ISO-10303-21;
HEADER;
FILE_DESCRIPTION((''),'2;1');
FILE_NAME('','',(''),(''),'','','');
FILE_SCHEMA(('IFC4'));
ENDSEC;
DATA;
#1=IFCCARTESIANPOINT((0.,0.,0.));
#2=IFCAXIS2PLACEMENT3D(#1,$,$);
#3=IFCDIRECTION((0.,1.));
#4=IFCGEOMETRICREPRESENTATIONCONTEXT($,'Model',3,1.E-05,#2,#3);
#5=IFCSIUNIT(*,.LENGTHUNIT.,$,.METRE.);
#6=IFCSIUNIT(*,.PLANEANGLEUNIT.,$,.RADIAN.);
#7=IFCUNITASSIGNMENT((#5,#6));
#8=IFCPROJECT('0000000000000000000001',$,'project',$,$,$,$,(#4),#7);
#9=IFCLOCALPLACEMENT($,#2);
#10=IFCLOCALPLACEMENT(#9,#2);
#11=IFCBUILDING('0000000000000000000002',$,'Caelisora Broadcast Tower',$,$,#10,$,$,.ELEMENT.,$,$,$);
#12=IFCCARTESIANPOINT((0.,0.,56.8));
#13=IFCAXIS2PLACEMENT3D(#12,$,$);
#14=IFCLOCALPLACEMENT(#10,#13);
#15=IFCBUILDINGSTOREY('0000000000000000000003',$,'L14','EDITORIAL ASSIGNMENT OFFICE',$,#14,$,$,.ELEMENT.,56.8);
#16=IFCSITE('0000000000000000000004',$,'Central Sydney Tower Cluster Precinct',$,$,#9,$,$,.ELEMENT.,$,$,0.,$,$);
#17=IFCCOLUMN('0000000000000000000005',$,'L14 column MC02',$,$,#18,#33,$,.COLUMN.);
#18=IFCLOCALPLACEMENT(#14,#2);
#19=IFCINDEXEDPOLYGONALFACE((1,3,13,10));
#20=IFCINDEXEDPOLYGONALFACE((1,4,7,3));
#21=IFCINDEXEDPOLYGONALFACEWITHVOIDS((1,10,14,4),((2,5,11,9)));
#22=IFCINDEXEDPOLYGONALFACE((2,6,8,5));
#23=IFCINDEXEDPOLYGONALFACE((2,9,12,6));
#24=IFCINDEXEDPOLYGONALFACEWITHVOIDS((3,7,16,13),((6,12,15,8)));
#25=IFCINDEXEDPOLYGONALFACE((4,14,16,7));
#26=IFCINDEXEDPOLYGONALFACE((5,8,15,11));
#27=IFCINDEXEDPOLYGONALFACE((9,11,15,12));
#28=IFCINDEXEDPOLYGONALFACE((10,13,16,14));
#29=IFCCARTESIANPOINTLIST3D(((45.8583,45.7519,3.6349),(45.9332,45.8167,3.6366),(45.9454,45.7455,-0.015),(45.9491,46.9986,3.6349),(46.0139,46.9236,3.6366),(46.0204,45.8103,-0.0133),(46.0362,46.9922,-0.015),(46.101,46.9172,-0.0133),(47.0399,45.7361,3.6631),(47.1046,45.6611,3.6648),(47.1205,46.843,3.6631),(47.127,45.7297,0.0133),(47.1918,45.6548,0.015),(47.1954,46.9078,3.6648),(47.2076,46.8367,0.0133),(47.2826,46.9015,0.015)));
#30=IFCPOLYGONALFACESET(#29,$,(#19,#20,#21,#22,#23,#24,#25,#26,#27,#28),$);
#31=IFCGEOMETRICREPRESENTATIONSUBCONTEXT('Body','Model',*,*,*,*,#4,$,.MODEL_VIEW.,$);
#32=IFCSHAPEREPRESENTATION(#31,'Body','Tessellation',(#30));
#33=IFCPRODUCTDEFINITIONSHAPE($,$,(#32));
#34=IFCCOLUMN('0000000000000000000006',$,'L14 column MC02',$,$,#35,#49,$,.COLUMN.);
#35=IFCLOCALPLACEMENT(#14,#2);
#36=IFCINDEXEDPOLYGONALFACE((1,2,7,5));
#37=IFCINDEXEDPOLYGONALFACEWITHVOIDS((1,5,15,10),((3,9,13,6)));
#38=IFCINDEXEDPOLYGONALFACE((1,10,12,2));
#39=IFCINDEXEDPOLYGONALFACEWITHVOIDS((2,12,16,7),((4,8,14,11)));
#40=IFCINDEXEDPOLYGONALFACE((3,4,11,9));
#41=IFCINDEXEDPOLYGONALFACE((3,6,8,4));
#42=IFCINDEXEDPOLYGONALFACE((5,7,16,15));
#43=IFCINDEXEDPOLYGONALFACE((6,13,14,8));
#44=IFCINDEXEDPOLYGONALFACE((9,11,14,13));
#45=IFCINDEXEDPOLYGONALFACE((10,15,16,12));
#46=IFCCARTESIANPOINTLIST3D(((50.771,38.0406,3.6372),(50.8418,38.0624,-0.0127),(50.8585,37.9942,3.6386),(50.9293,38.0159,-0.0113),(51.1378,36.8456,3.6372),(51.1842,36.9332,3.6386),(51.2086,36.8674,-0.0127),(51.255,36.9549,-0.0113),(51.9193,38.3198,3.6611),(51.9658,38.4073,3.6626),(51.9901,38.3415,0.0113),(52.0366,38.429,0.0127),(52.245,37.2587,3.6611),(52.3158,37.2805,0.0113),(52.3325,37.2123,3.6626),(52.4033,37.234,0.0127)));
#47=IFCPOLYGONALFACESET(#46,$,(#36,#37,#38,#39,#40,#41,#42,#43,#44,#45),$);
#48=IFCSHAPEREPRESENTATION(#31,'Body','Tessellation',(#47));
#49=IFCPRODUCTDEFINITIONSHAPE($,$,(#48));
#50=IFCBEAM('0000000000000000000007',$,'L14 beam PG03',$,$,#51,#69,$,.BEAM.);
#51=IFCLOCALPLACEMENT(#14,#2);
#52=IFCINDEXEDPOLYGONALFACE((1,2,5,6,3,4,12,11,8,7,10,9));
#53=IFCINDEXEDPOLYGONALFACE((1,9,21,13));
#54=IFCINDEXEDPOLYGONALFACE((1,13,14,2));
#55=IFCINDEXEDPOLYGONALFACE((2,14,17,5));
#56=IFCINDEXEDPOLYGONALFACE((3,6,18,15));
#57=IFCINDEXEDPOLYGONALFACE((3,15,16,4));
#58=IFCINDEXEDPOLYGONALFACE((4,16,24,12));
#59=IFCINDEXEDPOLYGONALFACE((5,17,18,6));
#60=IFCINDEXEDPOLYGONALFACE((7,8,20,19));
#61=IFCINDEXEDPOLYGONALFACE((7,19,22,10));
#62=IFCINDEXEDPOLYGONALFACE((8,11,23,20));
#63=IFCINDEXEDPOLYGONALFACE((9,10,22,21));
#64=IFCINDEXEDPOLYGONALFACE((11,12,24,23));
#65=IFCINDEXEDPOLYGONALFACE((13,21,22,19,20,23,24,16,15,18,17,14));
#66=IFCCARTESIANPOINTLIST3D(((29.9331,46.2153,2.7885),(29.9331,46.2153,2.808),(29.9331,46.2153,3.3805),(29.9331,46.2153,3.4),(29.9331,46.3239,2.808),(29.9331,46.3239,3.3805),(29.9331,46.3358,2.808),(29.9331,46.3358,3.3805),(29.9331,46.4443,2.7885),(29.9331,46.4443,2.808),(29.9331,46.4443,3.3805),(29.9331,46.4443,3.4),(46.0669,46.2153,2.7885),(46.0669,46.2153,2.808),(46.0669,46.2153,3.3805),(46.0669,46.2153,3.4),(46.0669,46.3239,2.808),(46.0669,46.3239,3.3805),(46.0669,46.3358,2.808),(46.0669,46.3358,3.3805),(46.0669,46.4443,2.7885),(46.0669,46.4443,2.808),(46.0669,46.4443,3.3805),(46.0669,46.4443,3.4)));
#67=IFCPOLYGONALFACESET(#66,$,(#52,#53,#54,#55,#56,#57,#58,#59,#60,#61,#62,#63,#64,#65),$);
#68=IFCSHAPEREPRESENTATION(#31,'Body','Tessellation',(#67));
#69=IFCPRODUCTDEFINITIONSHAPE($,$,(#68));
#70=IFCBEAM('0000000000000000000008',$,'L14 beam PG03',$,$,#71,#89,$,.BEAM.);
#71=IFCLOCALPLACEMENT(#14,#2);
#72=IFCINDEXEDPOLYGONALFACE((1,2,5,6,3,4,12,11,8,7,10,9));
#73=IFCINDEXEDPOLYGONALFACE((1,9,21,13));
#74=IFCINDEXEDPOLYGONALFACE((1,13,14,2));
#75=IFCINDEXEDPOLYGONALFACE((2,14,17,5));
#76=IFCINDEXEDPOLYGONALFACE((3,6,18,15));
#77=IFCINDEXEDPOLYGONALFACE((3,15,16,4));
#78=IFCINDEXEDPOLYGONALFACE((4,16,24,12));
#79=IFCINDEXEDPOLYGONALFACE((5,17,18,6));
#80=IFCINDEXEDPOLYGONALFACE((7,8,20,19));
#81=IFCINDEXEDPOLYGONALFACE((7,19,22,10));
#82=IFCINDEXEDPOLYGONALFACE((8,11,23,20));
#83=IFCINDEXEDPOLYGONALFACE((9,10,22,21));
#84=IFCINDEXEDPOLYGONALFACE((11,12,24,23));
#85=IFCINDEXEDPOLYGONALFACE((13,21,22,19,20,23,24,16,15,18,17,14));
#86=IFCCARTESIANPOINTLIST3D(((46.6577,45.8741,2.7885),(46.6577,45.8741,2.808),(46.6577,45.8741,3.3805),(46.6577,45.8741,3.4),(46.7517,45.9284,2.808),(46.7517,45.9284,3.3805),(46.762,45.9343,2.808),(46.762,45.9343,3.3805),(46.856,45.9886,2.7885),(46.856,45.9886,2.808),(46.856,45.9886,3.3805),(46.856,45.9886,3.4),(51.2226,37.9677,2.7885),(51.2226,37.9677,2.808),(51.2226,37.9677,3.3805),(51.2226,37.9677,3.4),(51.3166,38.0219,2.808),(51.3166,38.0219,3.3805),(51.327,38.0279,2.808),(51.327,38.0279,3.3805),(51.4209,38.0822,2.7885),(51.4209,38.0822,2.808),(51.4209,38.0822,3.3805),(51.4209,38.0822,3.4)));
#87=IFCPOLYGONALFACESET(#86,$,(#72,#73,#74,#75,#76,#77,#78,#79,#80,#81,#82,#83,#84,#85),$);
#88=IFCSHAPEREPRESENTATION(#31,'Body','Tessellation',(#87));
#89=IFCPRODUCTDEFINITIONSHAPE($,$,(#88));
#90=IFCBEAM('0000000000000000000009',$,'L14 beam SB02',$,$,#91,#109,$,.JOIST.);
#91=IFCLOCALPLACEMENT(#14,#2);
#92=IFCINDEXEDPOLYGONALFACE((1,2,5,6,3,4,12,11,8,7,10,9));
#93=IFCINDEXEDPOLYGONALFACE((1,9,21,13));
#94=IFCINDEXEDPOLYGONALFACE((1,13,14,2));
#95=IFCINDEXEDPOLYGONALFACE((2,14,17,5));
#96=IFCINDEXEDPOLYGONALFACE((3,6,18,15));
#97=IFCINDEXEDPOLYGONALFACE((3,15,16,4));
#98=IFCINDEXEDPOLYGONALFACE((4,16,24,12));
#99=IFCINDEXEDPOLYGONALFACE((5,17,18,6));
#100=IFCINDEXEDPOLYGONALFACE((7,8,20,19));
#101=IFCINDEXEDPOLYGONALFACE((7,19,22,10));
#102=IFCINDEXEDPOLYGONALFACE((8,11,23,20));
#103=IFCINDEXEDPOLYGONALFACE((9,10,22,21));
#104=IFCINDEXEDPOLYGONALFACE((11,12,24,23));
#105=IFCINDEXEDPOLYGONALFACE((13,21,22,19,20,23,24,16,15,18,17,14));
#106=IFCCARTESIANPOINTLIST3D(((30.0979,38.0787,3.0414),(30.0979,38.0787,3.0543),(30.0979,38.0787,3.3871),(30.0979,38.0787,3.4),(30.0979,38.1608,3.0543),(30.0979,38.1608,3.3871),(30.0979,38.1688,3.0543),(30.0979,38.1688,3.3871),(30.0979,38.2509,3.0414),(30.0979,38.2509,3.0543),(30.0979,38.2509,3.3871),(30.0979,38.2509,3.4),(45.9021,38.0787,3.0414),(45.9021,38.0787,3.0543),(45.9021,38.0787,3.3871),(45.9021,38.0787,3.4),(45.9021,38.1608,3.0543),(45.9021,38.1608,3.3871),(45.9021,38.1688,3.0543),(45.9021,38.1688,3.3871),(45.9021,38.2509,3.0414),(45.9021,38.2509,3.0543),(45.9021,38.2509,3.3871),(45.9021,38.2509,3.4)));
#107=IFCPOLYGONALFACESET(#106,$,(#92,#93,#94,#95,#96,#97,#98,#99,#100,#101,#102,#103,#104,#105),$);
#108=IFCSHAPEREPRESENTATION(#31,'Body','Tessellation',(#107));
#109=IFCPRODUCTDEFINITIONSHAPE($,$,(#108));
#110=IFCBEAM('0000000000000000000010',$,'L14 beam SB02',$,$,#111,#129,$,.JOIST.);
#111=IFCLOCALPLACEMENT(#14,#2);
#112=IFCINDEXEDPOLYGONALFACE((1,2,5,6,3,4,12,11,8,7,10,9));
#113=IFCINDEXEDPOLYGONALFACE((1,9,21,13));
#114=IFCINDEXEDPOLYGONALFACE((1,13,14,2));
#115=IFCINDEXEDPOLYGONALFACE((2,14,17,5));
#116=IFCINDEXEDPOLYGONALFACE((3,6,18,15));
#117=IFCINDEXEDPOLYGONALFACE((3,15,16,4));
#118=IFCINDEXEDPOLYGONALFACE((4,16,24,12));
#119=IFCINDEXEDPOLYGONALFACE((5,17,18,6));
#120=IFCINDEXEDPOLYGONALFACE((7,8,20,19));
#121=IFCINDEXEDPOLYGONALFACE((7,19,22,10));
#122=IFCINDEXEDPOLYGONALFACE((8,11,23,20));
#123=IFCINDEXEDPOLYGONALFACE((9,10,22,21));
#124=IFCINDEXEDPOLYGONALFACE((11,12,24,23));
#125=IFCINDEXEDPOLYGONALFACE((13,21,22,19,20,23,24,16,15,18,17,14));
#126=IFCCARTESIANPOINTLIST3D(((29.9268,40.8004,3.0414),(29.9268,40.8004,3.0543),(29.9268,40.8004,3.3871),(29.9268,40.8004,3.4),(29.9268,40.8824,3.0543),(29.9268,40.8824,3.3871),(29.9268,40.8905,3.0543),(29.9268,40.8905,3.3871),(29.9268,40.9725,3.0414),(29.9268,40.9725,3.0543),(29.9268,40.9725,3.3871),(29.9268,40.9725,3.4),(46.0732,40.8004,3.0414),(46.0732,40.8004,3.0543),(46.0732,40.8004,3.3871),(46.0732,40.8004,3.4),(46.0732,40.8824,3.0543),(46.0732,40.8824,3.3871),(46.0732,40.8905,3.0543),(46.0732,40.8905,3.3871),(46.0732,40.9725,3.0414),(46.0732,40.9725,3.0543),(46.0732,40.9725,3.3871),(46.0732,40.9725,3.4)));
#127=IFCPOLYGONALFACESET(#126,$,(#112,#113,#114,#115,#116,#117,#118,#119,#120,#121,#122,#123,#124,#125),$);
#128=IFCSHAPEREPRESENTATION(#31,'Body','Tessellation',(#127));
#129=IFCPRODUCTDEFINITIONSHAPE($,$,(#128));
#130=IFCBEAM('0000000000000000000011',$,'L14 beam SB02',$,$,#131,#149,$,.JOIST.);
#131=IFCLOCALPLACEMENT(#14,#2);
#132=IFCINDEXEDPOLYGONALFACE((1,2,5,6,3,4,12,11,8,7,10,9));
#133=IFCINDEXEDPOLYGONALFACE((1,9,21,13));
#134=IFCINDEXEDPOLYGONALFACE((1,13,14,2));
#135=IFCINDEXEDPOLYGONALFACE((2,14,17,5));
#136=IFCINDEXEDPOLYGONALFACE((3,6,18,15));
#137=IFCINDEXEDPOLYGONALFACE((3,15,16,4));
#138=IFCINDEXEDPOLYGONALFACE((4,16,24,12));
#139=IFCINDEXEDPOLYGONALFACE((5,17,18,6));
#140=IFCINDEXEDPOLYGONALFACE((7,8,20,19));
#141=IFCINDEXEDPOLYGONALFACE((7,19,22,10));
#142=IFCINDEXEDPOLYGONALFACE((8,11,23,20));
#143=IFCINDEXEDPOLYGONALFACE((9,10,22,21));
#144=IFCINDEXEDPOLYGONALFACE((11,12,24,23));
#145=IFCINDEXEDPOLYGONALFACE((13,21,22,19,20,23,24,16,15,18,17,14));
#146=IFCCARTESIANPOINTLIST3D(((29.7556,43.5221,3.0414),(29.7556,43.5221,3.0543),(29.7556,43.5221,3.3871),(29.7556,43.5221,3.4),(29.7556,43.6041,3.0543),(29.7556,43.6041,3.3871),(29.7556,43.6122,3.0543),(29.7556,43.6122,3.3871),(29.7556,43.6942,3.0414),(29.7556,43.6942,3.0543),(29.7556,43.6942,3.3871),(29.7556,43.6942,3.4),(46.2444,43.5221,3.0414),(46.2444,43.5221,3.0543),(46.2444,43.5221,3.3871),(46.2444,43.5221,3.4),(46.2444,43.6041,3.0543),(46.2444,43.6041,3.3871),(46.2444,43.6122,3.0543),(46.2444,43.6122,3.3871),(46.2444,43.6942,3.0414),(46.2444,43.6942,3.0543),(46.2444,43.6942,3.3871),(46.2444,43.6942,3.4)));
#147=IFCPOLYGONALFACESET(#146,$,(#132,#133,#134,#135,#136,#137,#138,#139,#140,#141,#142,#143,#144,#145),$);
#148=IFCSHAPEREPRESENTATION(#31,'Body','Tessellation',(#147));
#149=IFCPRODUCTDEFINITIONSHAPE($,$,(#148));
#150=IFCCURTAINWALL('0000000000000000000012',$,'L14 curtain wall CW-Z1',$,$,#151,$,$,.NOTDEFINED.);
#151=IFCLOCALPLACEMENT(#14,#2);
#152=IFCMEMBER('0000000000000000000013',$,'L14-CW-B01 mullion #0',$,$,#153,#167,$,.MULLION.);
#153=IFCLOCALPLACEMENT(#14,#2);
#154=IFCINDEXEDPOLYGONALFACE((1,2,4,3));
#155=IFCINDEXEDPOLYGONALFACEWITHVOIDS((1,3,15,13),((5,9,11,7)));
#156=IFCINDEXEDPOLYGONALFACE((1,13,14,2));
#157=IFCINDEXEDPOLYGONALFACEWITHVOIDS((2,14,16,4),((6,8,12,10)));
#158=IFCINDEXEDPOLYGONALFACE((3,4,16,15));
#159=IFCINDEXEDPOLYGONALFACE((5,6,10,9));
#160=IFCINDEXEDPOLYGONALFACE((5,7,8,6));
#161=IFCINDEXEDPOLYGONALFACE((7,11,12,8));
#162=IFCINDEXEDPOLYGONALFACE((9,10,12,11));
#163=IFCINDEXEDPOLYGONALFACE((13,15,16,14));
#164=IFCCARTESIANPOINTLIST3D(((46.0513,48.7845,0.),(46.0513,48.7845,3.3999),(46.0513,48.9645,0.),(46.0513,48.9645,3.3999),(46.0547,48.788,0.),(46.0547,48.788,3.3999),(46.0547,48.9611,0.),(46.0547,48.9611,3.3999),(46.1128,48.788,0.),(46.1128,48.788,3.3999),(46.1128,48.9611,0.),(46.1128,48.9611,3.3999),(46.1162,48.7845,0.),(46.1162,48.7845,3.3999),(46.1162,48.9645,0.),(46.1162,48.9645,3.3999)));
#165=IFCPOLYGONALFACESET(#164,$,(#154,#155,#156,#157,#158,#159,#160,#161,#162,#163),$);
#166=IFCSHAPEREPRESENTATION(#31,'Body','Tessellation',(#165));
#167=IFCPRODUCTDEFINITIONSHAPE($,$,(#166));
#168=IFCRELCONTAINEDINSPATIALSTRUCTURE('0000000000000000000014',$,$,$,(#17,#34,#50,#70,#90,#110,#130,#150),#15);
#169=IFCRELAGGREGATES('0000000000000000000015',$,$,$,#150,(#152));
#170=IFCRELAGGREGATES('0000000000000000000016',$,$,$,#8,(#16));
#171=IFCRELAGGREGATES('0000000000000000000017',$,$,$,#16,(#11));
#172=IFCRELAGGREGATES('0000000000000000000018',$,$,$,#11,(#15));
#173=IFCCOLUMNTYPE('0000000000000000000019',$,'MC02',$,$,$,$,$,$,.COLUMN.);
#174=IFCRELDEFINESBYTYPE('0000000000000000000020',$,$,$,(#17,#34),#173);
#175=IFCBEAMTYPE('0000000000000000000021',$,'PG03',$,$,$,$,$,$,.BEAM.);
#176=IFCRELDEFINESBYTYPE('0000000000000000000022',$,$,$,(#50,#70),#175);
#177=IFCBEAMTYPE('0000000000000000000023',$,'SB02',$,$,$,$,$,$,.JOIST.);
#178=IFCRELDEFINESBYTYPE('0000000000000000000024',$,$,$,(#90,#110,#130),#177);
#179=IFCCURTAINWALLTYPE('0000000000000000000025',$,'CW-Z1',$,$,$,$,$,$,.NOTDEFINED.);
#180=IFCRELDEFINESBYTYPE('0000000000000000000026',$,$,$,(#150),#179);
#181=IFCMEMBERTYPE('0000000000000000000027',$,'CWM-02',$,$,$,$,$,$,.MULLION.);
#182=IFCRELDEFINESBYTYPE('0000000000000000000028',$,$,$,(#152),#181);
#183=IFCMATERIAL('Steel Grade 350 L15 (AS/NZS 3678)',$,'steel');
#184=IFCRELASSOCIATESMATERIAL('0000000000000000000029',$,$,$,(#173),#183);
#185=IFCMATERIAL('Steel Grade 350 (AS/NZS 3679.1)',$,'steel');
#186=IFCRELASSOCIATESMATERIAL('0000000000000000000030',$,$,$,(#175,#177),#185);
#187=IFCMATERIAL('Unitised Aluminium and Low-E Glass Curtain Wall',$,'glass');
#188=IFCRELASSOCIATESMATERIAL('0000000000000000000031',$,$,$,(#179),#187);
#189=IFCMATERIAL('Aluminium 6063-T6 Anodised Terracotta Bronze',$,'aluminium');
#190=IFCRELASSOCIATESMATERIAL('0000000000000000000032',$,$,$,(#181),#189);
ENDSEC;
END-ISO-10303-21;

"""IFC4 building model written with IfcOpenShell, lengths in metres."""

from ifc_helpers import new_model, si_unit, direction, frame, origin, origin_2d, place, context, subcontext, project, spatial, hollow_rectangle, i_section, extrude, source, transform, mapped, material, material_profile, profile_set, type_object, type_shapes, element, aggregate, save


model = new_model("IFC4")

# Units and contexts
model_context = context("Model", 3, precision=1e-05, world=origin(), true_north=direction((0.0, 1.0)))
body_context = subcontext(model_context, "Body", "Model", "MODEL_VIEW")
ifc_project = project(units=[si_unit("LENGTHUNIT", "METRE"), si_unit("PLANEANGLEUNIT", "RADIAN")], contexts=[model_context])

# Site, building, storey
site_placement = place(None, origin())
site = spatial("IfcSite", under=ifc_project, at=site_placement, Name="Central Sydney Tower Cluster Precinct", CompositionType="ELEMENT", RefElevation=0.0)
building_placement = place(site_placement, origin())
building = spatial("IfcBuilding", under=site, at=building_placement, Name="Caelisora Broadcast Tower", CompositionType="ELEMENT")
storey_placement = place(building_placement, frame((0.0, 0.0, 56.8)))
storey = spatial("IfcBuildingStorey", under=building, at=storey_placement, Name="L14", Description="EDITORIAL ASSIGNMENT OFFICE", CompositionType="ELEMENT", Elevation=56.8)

# Columns
ifc_material_1 = material(Name="Steel Grade 350 L15 (AS/NZS 3678)", Category="steel")
ifc_material_profile_1 = material_profile(ifc_material_1, hollow_rectangle(XDim=1.25, YDim=1.25, WallThickness=0.0701, at=origin_2d()), Name="Steel Grade 350 L15 (AS/NZS 3678)")
ifc_profile_set_1 = profile_set([ifc_material_profile_1], Name="Steel Grade 350 L15 (AS/NZS 3678)")
column_type = type_object("IfcColumnType", Name="MC02", PredefinedType="COLUMN", material=ifc_profile_set_1)
shared_shape_1 = source(origin(), body_context, "Body", "SweptSolid", [
    extrude(hollow_rectangle(XDim=1.25, YDim=1.25, WallThickness=0.0701, at=origin_2d()), origin(), (0.0, 0.0, 1.0), 3.6509),
])
column_1_placement = place(storey_placement, frame((46.614, 46.3235, 0.0), z_axis=(-0.023873, 0.001739, 0.999713), x_axis=(-0.072637, -0.997358, 0.0)))
element("IfcColumn", 1, at=column_1_placement, inside=storey, type_object=column_type, Name="L14 column MC02", PredefinedType="COLUMN", context=body_context, shape_type="MappedRepresentation", body=[
    mapped(shared_shape_1, transform((0.0, 0.0, 0.0), scale=1.0)),
])
shared_shape_2 = source(origin(), body_context, "Body", "SweptSolid", [
    extrude(hollow_rectangle(XDim=1.25, YDim=1.25, WallThickness=0.0701, at=origin_2d()), origin(), (0.0, 0.0, 1.0), 3.6506),
])
type_shapes(column_type, [shared_shape_1, shared_shape_2])
column_2_placement = place(storey_placement, frame((51.6226, 37.6482, 0.0), z_axis=(-0.019394, -0.005952, 0.999794), x_axis=(0.293391, -0.955993, 0.0)))
element("IfcColumn", 2, at=column_2_placement, inside=storey, type_object=column_type, Name="L14 column MC02", PredefinedType="COLUMN", context=body_context, shape_type="MappedRepresentation", body=[
    mapped(shared_shape_2, transform((0.0, 0.0, 0.0), scale=1.0)),
])

# Beams
ifc_material_2 = material(Name="Steel Grade 350 (AS/NZS 3679.1)", Category="steel")
ifc_material_profile_2 = material_profile(ifc_material_2, i_section(OverallWidth=0.229, OverallDepth=0.6116, WebThickness=0.012, FlangeThickness=0.0195, at=origin_2d()), Name="Steel Grade 350 (AS/NZS 3679.1)")
ifc_profile_set_2 = profile_set([ifc_material_profile_2], Name="Steel Grade 350 (AS/NZS 3679.1)")
beam_type_1 = type_object("IfcBeamType", Name="PG03", PredefinedType="BEAM", material=ifc_profile_set_2)
shared_shape_3 = source(origin(), body_context, "Body", "SweptSolid", [
    extrude(i_section(OverallWidth=0.229, OverallDepth=0.6116, WebThickness=0.012, FlangeThickness=0.0195, at=origin_2d()), origin(), (0.0, 0.0, 1.0), 16.1338),
])
beam_1_placement = place(storey_placement, frame((46.0669, 46.3298, 3.0942), z_axis=(-1.0, 0.0, 0.0), x_axis=(0.0, -1.0, 0.0)))
element("IfcBeam", 3, at=beam_1_placement, inside=storey, type_object=beam_type_1, Name="L14 beam PG03", PredefinedType="BEAM", context=body_context, shape_type="MappedRepresentation", body=[
    mapped(shared_shape_3, transform((0.0, 0.0, 0.0), scale=1.0)),
])
shared_shape_4 = source(origin(), body_context, "Body", "SweptSolid", [
    extrude(i_section(OverallWidth=0.229, OverallDepth=0.6116, WebThickness=0.012, FlangeThickness=0.0195, at=origin_2d()), origin(), (0.0, 0.0, 1.0), 9.1296),
])
type_shapes(beam_type_1, [shared_shape_3, shared_shape_4])
beam_2_placement = place(storey_placement, frame((51.3218, 38.0249, 3.0942), z_axis=(-0.50001, 0.866019, 0.0), x_axis=(-0.866019, -0.50001, 0.0)))
element("IfcBeam", 4, at=beam_2_placement, inside=storey, type_object=beam_type_1, Name="L14 beam PG03", PredefinedType="BEAM", context=body_context, shape_type="MappedRepresentation", body=[
    mapped(shared_shape_4, transform((0.0, 0.0, 0.0), scale=1.0)),
])
ifc_material_profile_3 = material_profile(ifc_material_2, i_section(OverallWidth=0.1721, OverallDepth=0.3586, WebThickness=0.0081, FlangeThickness=0.0129, at=origin_2d()), Name="Steel Grade 350 (AS/NZS 3679.1)")
ifc_profile_set_3 = profile_set([ifc_material_profile_3], Name="Steel Grade 350 (AS/NZS 3679.1)")
beam_type_2 = type_object("IfcBeamType", Name="SB02", PredefinedType="JOIST", material=ifc_profile_set_3)
shared_shape_5 = source(origin(), body_context, "Body", "SweptSolid", [
    extrude(i_section(OverallWidth=0.1721, OverallDepth=0.3586, WebThickness=0.0081, FlangeThickness=0.0129, at=origin_2d()), origin(), (0.0, 0.0, 1.0), 15.8042),
])
beam_3_placement = place(storey_placement, frame((45.9021, 38.1648, 3.2207), z_axis=(-1.0, 0.0, 0.0), x_axis=(0.0, -1.0, 0.0)))
element("IfcBeam", 5, at=beam_3_placement, inside=storey, type_object=beam_type_2, Name="L14 beam SB02", PredefinedType="JOIST", context=body_context, shape_type="MappedRepresentation", body=[
    mapped(shared_shape_5, transform((0.0, 0.0, 0.0), scale=1.0)),
])
shared_shape_6 = source(origin(), body_context, "Body", "SweptSolid", [
    extrude(i_section(OverallWidth=0.1721, OverallDepth=0.3586, WebThickness=0.0081, FlangeThickness=0.0129, at=origin_2d()), origin(), (0.0, 0.0, 1.0), 16.1465),
])
beam_4_placement = place(storey_placement, frame((46.0732, 40.8865, 3.2207), z_axis=(-1.0, 0.0, 0.0), x_axis=(0.0, -1.0, 0.0)))
element("IfcBeam", 6, at=beam_4_placement, inside=storey, type_object=beam_type_2, Name="L14 beam SB02", PredefinedType="JOIST", context=body_context, shape_type="MappedRepresentation", body=[
    mapped(shared_shape_6, transform((0.0, 0.0, 0.0), scale=1.0)),
])
shared_shape_7 = source(origin(), body_context, "Body", "SweptSolid", [
    extrude(i_section(OverallWidth=0.1721, OverallDepth=0.3586, WebThickness=0.0081, FlangeThickness=0.0129, at=origin_2d()), origin(), (0.0, 0.0, 1.0), 16.4888),
])
type_shapes(beam_type_2, [shared_shape_5, shared_shape_6, shared_shape_7])
beam_5_placement = place(storey_placement, frame((46.2444, 43.6082, 3.2207), z_axis=(-1.0, 0.0, 0.0), x_axis=(0.0, -1.0, 0.0)))
element("IfcBeam", 7, at=beam_5_placement, inside=storey, type_object=beam_type_2, Name="L14 beam SB02", PredefinedType="JOIST", context=body_context, shape_type="MappedRepresentation", body=[
    mapped(shared_shape_7, transform((0.0, 0.0, 0.0), scale=1.0)),
])

# Curtain wall, member
ifc_material_3 = material(Name="Unitised Aluminium and Low-E Glass Curtain Wall", Category="glass")
curtain_wall_type_1 = type_object("IfcCurtainWallType", Name="CW-Z1", PredefinedType="NOTDEFINED", material=ifc_material_3)
curtain_wall_1_placement = place(storey_placement, origin())
curtain_wall_1 = element("IfcCurtainWall", 8, at=curtain_wall_1_placement, inside=storey, type_object=curtain_wall_type_1, Name="L14 curtain wall CW-Z1", PredefinedType="NOTDEFINED")
ifc_material_4 = material(Name="Aluminium 6063-T6 Anodised Terracotta Bronze", Category="aluminium")
ifc_material_profile_4 = material_profile(ifc_material_4, hollow_rectangle(XDim=0.0649, YDim=0.1799, WallThickness=0.0034, at=origin_2d()), Name="Aluminium 6063-T6 Anodised Terracotta Bronze")
ifc_profile_set_4 = profile_set([ifc_material_profile_4], Name="Aluminium 6063-T6 Anodised Terracotta Bronze")
member_type_1 = type_object("IfcMemberType", Name="CWM-02", PredefinedType="MULLION", material=ifc_profile_set_4)
shared_shape_8 = source(origin(), body_context, "Body", "SweptSolid", [
    extrude(hollow_rectangle(XDim=0.0649, YDim=0.1799, WallThickness=0.0034, at=origin_2d()), origin(), (0.0, 0.0, 1.0), 3.3999),
])
type_shapes(member_type_1, [shared_shape_8])
member_1_placement = place(storey_placement, frame((46.0837, 48.8745, 0.0), z_axis=(0.0, 0.0, 1.0), x_axis=(1.0, 0.0, 0.0)))
member_1 = element("IfcMember", 9, at=member_1_placement, type_object=member_type_1, Name="L14-CW-B01 mullion #0", PredefinedType="MULLION", context=body_context, shape_type="MappedRepresentation", body=[
    mapped(shared_shape_8, transform((0.0, 0.0, 0.0), scale=1.0)),
])

aggregate(curtain_wall_1, [member_1])

save(model, "model.ifc")
